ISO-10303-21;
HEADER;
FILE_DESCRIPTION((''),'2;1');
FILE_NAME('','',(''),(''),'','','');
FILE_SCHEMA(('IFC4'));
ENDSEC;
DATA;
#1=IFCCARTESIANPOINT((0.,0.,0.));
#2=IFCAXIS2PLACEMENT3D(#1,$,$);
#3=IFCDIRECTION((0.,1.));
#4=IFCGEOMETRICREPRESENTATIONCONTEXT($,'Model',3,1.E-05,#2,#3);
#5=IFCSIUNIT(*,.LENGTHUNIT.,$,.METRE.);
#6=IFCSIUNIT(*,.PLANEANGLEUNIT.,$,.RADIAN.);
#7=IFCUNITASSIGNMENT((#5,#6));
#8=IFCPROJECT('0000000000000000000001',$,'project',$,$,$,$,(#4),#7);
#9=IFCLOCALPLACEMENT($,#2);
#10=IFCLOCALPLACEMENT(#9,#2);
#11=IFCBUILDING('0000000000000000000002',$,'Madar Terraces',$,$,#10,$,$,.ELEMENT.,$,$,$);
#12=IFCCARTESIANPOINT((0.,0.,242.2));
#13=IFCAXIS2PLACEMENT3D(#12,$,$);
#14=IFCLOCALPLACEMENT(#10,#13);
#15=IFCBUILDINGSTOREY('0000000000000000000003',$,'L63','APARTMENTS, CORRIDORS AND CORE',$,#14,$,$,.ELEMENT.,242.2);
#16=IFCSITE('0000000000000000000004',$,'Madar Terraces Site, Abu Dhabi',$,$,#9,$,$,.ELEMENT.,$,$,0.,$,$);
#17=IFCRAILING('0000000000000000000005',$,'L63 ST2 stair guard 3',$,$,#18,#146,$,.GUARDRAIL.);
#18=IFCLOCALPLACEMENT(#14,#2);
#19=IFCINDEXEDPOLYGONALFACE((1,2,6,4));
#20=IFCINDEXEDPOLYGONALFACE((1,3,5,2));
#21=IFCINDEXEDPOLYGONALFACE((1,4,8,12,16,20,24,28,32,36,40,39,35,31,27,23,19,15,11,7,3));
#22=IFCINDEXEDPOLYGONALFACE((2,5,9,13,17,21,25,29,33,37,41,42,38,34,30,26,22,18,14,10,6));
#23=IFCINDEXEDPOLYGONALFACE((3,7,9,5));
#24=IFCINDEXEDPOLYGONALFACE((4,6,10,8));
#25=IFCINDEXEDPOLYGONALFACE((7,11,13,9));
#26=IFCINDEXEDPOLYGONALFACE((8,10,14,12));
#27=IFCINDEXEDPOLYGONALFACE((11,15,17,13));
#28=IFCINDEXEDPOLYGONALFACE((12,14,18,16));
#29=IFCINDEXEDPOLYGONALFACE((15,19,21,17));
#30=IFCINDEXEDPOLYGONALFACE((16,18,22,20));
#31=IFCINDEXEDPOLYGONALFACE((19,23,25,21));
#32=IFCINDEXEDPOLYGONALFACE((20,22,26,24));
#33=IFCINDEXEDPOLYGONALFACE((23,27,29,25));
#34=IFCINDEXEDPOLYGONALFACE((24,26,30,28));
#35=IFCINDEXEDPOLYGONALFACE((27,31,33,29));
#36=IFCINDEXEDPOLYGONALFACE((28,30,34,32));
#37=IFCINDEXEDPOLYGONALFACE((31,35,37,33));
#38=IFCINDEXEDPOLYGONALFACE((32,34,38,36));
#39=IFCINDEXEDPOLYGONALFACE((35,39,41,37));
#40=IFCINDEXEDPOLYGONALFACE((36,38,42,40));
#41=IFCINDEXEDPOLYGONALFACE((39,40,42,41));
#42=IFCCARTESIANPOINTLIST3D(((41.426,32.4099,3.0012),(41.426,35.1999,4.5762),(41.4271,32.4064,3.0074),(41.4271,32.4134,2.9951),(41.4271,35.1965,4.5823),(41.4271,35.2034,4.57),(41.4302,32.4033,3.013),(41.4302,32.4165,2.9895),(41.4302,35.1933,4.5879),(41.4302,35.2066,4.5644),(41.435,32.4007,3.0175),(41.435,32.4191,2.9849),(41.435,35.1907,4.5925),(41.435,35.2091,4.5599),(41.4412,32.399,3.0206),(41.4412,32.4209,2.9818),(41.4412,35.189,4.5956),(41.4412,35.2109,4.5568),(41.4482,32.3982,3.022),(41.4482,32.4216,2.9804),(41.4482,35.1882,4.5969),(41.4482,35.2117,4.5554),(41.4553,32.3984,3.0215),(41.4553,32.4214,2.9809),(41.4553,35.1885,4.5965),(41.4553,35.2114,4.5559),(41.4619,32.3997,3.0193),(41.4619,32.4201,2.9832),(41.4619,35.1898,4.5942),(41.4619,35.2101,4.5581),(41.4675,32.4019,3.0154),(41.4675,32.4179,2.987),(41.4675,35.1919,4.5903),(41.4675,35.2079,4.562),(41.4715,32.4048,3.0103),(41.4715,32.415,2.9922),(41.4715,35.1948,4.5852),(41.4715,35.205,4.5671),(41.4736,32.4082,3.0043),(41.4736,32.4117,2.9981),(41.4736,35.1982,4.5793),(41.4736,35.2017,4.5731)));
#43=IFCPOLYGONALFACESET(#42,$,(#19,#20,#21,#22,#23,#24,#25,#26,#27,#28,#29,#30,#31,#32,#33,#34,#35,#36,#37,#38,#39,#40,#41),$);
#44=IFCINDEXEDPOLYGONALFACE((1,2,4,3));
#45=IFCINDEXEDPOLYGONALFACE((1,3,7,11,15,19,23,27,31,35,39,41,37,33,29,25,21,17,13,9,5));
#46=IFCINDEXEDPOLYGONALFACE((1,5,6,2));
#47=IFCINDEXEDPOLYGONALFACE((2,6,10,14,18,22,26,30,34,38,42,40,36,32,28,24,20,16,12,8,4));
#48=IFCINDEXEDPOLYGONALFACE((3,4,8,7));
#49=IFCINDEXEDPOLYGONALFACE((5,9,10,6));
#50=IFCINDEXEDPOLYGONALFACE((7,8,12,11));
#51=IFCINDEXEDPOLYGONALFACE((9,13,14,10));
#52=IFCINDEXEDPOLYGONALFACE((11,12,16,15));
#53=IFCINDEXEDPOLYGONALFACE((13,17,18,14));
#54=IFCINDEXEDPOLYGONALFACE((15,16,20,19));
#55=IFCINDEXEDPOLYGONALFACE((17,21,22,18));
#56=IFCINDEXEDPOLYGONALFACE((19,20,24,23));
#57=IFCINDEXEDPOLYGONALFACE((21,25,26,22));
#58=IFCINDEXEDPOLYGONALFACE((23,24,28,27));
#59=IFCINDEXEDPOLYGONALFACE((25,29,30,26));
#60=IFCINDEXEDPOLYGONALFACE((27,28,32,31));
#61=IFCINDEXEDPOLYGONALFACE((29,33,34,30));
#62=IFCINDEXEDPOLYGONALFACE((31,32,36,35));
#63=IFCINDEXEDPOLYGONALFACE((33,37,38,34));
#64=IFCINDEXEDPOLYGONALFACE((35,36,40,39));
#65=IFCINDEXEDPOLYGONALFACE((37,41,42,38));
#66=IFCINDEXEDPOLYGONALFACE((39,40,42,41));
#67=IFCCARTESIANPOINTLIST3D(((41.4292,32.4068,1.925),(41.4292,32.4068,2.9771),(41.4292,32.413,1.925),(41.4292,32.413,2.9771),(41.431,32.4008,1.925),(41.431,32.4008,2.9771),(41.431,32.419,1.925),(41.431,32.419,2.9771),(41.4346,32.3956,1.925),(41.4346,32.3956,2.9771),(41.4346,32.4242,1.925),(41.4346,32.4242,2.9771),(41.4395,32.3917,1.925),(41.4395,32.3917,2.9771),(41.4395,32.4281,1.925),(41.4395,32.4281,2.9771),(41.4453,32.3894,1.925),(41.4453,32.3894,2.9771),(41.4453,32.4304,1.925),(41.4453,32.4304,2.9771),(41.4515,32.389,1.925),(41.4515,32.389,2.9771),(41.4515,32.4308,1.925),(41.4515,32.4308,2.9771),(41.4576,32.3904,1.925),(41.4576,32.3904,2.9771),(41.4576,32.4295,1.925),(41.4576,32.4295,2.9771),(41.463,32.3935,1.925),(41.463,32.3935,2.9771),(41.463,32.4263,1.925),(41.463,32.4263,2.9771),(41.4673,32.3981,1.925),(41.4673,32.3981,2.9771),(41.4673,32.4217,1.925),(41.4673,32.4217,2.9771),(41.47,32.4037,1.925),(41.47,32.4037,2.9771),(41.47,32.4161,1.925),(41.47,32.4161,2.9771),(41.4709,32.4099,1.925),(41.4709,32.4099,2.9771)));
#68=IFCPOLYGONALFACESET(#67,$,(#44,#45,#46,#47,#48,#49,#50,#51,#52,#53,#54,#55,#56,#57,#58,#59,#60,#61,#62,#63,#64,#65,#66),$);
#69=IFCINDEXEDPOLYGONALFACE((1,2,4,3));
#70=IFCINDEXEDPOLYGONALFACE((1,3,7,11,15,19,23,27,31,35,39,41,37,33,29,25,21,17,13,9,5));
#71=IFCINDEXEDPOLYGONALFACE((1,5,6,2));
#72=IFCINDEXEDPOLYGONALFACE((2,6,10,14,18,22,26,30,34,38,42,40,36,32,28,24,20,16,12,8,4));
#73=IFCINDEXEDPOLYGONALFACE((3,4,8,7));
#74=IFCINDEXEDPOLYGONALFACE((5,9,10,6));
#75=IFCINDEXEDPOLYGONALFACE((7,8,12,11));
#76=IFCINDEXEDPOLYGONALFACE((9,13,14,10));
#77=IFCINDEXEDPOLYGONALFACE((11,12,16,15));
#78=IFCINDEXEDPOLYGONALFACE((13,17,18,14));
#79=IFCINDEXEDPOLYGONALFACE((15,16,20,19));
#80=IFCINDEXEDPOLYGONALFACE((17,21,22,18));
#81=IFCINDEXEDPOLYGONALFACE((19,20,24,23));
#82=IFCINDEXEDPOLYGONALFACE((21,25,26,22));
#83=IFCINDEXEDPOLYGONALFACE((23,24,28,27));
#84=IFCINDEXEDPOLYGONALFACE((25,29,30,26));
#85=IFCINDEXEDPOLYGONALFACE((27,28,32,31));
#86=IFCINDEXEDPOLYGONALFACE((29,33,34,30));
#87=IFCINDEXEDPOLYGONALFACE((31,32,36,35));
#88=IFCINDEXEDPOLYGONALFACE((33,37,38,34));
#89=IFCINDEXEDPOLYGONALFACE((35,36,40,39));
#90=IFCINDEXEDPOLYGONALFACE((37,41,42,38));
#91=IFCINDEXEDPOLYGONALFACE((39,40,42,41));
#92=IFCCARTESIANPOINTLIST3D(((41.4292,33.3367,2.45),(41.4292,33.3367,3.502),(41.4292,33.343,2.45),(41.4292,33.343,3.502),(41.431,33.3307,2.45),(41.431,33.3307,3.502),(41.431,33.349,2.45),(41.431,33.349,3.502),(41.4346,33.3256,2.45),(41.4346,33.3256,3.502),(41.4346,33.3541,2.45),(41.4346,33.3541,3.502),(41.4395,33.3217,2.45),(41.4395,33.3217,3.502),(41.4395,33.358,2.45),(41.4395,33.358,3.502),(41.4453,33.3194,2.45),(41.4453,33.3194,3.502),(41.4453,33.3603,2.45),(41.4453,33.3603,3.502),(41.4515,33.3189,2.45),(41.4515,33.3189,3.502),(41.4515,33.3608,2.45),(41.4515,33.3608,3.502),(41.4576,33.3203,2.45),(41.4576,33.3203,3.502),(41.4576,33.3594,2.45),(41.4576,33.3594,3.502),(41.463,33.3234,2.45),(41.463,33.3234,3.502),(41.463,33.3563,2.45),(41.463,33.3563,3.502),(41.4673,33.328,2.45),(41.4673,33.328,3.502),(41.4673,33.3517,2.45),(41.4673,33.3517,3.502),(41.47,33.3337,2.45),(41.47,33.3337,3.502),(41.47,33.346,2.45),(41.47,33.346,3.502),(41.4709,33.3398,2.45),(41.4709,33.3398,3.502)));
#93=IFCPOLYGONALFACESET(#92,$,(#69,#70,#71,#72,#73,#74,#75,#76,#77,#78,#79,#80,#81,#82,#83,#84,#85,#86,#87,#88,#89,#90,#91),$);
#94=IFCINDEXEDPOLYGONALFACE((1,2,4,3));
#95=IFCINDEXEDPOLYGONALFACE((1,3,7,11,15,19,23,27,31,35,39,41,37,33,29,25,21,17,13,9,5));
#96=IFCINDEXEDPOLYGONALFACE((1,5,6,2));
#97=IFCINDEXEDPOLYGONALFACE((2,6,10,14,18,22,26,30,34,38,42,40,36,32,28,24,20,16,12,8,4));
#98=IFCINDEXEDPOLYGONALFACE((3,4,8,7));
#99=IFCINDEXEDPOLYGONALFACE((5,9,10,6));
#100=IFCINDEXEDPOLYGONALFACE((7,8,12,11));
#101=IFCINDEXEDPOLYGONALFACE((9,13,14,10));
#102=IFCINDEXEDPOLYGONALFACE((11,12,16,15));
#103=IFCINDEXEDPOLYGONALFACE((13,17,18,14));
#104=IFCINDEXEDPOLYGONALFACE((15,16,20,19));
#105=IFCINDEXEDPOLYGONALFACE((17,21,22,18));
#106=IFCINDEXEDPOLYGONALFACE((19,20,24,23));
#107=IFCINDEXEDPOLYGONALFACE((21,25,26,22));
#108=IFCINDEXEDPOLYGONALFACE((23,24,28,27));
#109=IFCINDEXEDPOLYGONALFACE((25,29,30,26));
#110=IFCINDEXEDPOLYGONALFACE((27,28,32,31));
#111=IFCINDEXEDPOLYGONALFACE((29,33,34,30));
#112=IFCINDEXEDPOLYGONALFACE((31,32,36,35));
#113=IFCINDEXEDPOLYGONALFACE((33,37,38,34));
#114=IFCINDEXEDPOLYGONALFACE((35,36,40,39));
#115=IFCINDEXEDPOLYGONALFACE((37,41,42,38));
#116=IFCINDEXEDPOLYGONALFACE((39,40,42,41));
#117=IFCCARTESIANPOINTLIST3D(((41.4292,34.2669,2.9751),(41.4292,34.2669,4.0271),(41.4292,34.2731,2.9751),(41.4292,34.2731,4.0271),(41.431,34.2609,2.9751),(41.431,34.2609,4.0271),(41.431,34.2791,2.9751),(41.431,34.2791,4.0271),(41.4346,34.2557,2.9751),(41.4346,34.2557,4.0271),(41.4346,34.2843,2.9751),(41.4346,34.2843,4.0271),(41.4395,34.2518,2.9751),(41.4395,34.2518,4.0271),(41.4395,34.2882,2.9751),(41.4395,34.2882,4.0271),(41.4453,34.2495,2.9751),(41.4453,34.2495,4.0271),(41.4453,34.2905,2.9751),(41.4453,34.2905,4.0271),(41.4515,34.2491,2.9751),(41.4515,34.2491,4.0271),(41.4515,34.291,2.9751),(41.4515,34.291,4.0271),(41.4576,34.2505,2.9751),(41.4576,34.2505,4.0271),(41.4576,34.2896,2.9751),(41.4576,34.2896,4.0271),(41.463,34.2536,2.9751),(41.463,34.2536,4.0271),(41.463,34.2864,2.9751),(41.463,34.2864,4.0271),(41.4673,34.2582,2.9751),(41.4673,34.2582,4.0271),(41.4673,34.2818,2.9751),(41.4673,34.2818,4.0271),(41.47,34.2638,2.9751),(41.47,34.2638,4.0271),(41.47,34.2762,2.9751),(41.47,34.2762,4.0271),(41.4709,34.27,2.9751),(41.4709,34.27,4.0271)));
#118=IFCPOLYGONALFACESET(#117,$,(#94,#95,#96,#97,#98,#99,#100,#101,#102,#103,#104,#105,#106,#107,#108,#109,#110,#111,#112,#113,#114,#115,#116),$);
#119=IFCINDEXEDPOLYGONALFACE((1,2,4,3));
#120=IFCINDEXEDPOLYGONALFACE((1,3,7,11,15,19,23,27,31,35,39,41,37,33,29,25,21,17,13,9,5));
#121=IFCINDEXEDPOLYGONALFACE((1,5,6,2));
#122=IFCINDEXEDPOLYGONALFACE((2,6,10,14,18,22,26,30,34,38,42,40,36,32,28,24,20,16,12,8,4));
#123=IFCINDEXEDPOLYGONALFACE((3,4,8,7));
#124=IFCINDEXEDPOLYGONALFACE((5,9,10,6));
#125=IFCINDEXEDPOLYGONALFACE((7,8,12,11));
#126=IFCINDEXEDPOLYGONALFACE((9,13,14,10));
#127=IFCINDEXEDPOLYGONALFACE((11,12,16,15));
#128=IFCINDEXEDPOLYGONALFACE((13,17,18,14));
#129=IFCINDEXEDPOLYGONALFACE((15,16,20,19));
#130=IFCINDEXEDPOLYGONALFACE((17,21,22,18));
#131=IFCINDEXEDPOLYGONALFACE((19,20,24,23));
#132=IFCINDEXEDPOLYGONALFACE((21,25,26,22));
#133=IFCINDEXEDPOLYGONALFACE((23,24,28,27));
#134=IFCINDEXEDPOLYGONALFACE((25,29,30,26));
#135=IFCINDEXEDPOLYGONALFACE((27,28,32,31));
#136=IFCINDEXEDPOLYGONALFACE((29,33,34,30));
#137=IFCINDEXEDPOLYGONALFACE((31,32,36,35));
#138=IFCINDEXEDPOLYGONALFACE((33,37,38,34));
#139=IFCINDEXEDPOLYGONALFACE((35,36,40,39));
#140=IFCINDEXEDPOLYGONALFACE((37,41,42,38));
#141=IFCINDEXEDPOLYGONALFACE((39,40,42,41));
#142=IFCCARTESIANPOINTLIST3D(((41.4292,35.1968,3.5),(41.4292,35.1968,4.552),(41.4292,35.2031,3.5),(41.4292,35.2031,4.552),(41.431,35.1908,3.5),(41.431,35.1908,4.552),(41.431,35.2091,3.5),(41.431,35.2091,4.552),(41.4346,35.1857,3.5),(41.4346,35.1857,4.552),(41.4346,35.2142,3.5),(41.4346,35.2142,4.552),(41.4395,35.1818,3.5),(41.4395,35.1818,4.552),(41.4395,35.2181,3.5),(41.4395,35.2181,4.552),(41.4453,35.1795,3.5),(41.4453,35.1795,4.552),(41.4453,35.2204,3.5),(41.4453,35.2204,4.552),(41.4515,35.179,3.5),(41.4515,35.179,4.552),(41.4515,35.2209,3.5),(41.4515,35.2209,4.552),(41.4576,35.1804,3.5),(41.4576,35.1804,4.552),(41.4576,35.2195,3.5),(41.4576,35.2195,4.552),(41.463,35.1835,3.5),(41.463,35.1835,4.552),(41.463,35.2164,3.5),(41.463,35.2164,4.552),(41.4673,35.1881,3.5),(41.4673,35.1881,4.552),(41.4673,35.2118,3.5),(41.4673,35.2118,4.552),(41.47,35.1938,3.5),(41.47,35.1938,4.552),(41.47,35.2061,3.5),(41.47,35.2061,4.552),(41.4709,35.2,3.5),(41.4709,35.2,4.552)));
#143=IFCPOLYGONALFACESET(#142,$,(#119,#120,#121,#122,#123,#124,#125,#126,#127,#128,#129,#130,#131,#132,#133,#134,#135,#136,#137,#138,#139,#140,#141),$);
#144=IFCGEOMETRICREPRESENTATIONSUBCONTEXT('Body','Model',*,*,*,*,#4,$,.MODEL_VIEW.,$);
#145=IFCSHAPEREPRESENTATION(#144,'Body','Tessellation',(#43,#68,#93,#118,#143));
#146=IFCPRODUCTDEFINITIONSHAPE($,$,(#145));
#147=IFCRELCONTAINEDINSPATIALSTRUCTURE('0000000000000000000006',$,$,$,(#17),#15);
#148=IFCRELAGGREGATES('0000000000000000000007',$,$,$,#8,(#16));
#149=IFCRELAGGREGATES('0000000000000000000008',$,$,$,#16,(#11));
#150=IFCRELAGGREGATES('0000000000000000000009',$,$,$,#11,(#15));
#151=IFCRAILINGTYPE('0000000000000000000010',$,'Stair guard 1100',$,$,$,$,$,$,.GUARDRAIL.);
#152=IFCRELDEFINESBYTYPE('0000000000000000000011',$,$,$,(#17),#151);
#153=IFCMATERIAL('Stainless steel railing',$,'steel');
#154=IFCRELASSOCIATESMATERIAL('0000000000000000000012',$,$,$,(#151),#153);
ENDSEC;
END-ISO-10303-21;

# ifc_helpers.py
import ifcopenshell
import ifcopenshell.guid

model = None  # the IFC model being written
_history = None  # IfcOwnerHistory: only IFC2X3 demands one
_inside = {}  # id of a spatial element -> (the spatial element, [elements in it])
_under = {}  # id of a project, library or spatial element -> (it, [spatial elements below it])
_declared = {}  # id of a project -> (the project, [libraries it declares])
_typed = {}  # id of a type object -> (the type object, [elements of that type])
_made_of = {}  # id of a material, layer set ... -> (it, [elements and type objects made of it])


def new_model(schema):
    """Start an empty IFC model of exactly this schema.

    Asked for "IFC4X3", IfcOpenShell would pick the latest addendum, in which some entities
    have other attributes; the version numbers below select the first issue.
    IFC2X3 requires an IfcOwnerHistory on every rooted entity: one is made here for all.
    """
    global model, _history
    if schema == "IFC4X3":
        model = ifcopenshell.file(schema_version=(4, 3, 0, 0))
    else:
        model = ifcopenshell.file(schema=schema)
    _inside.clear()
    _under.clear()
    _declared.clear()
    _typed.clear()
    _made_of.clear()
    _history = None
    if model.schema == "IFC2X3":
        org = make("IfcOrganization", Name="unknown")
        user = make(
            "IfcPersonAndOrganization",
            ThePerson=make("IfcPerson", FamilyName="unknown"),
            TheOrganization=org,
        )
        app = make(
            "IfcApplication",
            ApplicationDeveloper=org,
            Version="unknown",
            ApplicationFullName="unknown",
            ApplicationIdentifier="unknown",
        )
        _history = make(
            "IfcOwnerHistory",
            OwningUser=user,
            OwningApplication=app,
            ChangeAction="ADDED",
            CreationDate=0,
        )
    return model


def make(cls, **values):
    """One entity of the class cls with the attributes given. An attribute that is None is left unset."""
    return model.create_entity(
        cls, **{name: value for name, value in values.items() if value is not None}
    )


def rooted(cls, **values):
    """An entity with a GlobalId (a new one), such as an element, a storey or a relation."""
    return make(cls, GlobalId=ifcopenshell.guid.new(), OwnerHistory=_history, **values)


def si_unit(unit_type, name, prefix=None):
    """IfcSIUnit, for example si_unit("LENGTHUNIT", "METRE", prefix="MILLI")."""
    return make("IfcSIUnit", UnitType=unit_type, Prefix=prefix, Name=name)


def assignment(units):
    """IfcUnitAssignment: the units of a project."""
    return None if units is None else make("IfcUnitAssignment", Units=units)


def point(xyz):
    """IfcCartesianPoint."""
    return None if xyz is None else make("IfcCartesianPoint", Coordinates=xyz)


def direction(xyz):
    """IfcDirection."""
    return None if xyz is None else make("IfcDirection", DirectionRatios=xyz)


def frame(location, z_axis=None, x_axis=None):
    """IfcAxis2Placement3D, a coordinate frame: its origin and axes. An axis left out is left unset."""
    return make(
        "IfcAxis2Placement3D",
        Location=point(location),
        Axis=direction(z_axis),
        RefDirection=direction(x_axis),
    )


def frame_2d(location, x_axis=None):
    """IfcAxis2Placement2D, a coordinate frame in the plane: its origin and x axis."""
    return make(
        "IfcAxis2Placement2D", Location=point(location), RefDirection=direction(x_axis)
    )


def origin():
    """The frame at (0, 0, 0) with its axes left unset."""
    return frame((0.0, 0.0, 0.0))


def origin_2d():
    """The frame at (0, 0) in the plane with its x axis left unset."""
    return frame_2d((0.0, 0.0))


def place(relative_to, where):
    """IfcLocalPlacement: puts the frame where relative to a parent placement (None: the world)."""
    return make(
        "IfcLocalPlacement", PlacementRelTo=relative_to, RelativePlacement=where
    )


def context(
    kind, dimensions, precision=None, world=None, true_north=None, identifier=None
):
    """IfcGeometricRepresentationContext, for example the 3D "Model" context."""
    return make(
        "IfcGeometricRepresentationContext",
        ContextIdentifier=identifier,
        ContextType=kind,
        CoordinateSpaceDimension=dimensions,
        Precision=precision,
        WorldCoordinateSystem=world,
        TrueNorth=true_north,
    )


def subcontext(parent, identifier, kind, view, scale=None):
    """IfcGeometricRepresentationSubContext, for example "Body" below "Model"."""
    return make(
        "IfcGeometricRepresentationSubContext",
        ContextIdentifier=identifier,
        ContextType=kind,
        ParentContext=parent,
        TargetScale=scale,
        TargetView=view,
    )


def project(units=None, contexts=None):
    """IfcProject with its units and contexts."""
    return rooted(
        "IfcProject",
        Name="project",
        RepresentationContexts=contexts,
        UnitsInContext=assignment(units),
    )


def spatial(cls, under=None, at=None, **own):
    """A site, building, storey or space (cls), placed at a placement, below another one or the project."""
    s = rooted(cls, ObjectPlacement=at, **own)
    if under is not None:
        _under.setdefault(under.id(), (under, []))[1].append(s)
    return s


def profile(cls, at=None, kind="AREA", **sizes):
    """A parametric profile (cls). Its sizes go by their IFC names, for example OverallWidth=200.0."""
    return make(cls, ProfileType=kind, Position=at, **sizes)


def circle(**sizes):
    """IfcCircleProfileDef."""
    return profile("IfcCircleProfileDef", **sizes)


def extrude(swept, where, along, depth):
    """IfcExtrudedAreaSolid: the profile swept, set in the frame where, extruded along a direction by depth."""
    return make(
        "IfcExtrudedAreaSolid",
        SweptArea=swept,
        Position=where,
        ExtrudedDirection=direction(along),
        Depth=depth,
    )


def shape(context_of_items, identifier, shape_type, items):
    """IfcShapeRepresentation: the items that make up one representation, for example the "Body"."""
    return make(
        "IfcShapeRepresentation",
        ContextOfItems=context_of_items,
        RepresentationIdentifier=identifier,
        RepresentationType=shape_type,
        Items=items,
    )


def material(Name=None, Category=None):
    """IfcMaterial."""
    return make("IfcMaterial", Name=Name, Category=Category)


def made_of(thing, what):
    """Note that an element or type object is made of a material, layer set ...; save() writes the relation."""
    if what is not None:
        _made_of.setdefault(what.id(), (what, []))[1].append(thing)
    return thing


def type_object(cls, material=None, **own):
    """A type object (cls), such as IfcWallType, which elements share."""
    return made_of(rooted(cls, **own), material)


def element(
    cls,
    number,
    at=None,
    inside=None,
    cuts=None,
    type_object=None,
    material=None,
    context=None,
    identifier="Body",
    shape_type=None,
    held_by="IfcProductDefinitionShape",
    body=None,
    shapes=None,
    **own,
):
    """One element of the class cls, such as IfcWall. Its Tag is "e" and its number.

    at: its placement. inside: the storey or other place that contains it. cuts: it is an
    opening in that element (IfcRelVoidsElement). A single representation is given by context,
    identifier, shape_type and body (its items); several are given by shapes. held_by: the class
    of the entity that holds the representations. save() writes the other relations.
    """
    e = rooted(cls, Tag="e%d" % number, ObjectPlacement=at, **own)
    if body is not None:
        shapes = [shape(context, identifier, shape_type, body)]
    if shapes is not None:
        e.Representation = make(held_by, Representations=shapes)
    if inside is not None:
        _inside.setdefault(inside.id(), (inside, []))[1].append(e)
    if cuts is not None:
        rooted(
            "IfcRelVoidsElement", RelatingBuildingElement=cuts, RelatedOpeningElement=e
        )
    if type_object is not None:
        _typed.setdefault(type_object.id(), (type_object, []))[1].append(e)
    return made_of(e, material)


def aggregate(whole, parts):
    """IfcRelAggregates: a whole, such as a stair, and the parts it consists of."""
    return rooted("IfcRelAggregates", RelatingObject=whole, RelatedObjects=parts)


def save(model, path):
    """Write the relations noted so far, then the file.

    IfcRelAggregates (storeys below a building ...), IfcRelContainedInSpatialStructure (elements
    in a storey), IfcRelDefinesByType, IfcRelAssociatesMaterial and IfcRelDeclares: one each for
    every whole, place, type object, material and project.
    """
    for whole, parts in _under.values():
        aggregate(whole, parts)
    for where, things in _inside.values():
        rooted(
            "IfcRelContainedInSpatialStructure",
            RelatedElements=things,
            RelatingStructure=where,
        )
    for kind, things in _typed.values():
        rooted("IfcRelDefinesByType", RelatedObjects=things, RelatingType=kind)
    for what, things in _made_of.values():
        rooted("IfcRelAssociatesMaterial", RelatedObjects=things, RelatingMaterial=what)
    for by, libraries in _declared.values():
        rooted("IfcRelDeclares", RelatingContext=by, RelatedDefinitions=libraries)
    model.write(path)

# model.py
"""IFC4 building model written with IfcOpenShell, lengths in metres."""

from ifc_helpers import new_model, si_unit, direction, frame, origin, origin_2d, place, context, subcontext, project, spatial, circle, extrude, material, type_object, element, save


model = new_model("IFC4")

# Units and contexts
model_context = context("Model", 3, precision=1e-05, world=origin(), true_north=direction((0.0, 1.0)))
body_context = subcontext(model_context, "Body", "Model", "MODEL_VIEW")
ifc_project = project(units=[si_unit("LENGTHUNIT", "METRE"), si_unit("PLANEANGLEUNIT", "RADIAN")], contexts=[model_context])

# Site, building, storey
site_placement = place(None, origin())
site = spatial("IfcSite", under=ifc_project, at=site_placement, Name="Madar Terraces Site, Abu Dhabi", CompositionType="ELEMENT", RefElevation=0.0)
building_placement = place(site_placement, origin())
building = spatial("IfcBuilding", under=site, at=building_placement, Name="Madar Terraces", CompositionType="ELEMENT")
storey_placement = place(building_placement, frame((0.0, 0.0, 242.2)))
storey = spatial("IfcBuildingStorey", under=building, at=storey_placement, Name="L63", Description="APARTMENTS, CORRIDORS AND CORE", CompositionType="ELEMENT", Elevation=242.2)

# Railing
ifc_material_1 = material(Name="Stainless steel railing", Category="steel")
railing_type_1 = type_object("IfcRailingType", Name="Stair guard 1100", PredefinedType="GUARDRAIL", material=ifc_material_1)
railing_1_placement = place(storey_placement, frame((41.45, 32.4099, 1.925)))
element("IfcRailing", 1, at=railing_1_placement, inside=storey, type_object=railing_type_1, Name="L63 ST2 stair guard 3", PredefinedType="GUARDRAIL", context=body_context, shape_type="SweptSolid", body=[
    extrude(circle(Radius=0.0239, at=origin_2d()), frame((0.0, 0.0, 1.0762), z_axis=(0.0, 0.870834, 0.491578), x_axis=(-1.0, 0.0, 0.0)), (0.0, 0.0, 1.0), 3.2039),
    extrude(circle(Radius=0.021, at=origin_2d()), origin(), (0.0, 0.0, 1.0), 1.052),
    extrude(circle(Radius=0.021, at=origin_2d()), frame((0.0, 0.9299, 0.5249)), (0.0, 0.0, 1.0), 1.052),
    extrude(circle(Radius=0.021, at=origin_2d()), frame((0.0, 1.8601, 1.05)), (0.0, 0.0, 1.0), 1.052),
    extrude(circle(Radius=0.021, at=origin_2d()), frame((0.0, 2.79, 1.575)), (0.0, 0.0, 1.0), 1.052),
])

save(model, "model.ifc")
